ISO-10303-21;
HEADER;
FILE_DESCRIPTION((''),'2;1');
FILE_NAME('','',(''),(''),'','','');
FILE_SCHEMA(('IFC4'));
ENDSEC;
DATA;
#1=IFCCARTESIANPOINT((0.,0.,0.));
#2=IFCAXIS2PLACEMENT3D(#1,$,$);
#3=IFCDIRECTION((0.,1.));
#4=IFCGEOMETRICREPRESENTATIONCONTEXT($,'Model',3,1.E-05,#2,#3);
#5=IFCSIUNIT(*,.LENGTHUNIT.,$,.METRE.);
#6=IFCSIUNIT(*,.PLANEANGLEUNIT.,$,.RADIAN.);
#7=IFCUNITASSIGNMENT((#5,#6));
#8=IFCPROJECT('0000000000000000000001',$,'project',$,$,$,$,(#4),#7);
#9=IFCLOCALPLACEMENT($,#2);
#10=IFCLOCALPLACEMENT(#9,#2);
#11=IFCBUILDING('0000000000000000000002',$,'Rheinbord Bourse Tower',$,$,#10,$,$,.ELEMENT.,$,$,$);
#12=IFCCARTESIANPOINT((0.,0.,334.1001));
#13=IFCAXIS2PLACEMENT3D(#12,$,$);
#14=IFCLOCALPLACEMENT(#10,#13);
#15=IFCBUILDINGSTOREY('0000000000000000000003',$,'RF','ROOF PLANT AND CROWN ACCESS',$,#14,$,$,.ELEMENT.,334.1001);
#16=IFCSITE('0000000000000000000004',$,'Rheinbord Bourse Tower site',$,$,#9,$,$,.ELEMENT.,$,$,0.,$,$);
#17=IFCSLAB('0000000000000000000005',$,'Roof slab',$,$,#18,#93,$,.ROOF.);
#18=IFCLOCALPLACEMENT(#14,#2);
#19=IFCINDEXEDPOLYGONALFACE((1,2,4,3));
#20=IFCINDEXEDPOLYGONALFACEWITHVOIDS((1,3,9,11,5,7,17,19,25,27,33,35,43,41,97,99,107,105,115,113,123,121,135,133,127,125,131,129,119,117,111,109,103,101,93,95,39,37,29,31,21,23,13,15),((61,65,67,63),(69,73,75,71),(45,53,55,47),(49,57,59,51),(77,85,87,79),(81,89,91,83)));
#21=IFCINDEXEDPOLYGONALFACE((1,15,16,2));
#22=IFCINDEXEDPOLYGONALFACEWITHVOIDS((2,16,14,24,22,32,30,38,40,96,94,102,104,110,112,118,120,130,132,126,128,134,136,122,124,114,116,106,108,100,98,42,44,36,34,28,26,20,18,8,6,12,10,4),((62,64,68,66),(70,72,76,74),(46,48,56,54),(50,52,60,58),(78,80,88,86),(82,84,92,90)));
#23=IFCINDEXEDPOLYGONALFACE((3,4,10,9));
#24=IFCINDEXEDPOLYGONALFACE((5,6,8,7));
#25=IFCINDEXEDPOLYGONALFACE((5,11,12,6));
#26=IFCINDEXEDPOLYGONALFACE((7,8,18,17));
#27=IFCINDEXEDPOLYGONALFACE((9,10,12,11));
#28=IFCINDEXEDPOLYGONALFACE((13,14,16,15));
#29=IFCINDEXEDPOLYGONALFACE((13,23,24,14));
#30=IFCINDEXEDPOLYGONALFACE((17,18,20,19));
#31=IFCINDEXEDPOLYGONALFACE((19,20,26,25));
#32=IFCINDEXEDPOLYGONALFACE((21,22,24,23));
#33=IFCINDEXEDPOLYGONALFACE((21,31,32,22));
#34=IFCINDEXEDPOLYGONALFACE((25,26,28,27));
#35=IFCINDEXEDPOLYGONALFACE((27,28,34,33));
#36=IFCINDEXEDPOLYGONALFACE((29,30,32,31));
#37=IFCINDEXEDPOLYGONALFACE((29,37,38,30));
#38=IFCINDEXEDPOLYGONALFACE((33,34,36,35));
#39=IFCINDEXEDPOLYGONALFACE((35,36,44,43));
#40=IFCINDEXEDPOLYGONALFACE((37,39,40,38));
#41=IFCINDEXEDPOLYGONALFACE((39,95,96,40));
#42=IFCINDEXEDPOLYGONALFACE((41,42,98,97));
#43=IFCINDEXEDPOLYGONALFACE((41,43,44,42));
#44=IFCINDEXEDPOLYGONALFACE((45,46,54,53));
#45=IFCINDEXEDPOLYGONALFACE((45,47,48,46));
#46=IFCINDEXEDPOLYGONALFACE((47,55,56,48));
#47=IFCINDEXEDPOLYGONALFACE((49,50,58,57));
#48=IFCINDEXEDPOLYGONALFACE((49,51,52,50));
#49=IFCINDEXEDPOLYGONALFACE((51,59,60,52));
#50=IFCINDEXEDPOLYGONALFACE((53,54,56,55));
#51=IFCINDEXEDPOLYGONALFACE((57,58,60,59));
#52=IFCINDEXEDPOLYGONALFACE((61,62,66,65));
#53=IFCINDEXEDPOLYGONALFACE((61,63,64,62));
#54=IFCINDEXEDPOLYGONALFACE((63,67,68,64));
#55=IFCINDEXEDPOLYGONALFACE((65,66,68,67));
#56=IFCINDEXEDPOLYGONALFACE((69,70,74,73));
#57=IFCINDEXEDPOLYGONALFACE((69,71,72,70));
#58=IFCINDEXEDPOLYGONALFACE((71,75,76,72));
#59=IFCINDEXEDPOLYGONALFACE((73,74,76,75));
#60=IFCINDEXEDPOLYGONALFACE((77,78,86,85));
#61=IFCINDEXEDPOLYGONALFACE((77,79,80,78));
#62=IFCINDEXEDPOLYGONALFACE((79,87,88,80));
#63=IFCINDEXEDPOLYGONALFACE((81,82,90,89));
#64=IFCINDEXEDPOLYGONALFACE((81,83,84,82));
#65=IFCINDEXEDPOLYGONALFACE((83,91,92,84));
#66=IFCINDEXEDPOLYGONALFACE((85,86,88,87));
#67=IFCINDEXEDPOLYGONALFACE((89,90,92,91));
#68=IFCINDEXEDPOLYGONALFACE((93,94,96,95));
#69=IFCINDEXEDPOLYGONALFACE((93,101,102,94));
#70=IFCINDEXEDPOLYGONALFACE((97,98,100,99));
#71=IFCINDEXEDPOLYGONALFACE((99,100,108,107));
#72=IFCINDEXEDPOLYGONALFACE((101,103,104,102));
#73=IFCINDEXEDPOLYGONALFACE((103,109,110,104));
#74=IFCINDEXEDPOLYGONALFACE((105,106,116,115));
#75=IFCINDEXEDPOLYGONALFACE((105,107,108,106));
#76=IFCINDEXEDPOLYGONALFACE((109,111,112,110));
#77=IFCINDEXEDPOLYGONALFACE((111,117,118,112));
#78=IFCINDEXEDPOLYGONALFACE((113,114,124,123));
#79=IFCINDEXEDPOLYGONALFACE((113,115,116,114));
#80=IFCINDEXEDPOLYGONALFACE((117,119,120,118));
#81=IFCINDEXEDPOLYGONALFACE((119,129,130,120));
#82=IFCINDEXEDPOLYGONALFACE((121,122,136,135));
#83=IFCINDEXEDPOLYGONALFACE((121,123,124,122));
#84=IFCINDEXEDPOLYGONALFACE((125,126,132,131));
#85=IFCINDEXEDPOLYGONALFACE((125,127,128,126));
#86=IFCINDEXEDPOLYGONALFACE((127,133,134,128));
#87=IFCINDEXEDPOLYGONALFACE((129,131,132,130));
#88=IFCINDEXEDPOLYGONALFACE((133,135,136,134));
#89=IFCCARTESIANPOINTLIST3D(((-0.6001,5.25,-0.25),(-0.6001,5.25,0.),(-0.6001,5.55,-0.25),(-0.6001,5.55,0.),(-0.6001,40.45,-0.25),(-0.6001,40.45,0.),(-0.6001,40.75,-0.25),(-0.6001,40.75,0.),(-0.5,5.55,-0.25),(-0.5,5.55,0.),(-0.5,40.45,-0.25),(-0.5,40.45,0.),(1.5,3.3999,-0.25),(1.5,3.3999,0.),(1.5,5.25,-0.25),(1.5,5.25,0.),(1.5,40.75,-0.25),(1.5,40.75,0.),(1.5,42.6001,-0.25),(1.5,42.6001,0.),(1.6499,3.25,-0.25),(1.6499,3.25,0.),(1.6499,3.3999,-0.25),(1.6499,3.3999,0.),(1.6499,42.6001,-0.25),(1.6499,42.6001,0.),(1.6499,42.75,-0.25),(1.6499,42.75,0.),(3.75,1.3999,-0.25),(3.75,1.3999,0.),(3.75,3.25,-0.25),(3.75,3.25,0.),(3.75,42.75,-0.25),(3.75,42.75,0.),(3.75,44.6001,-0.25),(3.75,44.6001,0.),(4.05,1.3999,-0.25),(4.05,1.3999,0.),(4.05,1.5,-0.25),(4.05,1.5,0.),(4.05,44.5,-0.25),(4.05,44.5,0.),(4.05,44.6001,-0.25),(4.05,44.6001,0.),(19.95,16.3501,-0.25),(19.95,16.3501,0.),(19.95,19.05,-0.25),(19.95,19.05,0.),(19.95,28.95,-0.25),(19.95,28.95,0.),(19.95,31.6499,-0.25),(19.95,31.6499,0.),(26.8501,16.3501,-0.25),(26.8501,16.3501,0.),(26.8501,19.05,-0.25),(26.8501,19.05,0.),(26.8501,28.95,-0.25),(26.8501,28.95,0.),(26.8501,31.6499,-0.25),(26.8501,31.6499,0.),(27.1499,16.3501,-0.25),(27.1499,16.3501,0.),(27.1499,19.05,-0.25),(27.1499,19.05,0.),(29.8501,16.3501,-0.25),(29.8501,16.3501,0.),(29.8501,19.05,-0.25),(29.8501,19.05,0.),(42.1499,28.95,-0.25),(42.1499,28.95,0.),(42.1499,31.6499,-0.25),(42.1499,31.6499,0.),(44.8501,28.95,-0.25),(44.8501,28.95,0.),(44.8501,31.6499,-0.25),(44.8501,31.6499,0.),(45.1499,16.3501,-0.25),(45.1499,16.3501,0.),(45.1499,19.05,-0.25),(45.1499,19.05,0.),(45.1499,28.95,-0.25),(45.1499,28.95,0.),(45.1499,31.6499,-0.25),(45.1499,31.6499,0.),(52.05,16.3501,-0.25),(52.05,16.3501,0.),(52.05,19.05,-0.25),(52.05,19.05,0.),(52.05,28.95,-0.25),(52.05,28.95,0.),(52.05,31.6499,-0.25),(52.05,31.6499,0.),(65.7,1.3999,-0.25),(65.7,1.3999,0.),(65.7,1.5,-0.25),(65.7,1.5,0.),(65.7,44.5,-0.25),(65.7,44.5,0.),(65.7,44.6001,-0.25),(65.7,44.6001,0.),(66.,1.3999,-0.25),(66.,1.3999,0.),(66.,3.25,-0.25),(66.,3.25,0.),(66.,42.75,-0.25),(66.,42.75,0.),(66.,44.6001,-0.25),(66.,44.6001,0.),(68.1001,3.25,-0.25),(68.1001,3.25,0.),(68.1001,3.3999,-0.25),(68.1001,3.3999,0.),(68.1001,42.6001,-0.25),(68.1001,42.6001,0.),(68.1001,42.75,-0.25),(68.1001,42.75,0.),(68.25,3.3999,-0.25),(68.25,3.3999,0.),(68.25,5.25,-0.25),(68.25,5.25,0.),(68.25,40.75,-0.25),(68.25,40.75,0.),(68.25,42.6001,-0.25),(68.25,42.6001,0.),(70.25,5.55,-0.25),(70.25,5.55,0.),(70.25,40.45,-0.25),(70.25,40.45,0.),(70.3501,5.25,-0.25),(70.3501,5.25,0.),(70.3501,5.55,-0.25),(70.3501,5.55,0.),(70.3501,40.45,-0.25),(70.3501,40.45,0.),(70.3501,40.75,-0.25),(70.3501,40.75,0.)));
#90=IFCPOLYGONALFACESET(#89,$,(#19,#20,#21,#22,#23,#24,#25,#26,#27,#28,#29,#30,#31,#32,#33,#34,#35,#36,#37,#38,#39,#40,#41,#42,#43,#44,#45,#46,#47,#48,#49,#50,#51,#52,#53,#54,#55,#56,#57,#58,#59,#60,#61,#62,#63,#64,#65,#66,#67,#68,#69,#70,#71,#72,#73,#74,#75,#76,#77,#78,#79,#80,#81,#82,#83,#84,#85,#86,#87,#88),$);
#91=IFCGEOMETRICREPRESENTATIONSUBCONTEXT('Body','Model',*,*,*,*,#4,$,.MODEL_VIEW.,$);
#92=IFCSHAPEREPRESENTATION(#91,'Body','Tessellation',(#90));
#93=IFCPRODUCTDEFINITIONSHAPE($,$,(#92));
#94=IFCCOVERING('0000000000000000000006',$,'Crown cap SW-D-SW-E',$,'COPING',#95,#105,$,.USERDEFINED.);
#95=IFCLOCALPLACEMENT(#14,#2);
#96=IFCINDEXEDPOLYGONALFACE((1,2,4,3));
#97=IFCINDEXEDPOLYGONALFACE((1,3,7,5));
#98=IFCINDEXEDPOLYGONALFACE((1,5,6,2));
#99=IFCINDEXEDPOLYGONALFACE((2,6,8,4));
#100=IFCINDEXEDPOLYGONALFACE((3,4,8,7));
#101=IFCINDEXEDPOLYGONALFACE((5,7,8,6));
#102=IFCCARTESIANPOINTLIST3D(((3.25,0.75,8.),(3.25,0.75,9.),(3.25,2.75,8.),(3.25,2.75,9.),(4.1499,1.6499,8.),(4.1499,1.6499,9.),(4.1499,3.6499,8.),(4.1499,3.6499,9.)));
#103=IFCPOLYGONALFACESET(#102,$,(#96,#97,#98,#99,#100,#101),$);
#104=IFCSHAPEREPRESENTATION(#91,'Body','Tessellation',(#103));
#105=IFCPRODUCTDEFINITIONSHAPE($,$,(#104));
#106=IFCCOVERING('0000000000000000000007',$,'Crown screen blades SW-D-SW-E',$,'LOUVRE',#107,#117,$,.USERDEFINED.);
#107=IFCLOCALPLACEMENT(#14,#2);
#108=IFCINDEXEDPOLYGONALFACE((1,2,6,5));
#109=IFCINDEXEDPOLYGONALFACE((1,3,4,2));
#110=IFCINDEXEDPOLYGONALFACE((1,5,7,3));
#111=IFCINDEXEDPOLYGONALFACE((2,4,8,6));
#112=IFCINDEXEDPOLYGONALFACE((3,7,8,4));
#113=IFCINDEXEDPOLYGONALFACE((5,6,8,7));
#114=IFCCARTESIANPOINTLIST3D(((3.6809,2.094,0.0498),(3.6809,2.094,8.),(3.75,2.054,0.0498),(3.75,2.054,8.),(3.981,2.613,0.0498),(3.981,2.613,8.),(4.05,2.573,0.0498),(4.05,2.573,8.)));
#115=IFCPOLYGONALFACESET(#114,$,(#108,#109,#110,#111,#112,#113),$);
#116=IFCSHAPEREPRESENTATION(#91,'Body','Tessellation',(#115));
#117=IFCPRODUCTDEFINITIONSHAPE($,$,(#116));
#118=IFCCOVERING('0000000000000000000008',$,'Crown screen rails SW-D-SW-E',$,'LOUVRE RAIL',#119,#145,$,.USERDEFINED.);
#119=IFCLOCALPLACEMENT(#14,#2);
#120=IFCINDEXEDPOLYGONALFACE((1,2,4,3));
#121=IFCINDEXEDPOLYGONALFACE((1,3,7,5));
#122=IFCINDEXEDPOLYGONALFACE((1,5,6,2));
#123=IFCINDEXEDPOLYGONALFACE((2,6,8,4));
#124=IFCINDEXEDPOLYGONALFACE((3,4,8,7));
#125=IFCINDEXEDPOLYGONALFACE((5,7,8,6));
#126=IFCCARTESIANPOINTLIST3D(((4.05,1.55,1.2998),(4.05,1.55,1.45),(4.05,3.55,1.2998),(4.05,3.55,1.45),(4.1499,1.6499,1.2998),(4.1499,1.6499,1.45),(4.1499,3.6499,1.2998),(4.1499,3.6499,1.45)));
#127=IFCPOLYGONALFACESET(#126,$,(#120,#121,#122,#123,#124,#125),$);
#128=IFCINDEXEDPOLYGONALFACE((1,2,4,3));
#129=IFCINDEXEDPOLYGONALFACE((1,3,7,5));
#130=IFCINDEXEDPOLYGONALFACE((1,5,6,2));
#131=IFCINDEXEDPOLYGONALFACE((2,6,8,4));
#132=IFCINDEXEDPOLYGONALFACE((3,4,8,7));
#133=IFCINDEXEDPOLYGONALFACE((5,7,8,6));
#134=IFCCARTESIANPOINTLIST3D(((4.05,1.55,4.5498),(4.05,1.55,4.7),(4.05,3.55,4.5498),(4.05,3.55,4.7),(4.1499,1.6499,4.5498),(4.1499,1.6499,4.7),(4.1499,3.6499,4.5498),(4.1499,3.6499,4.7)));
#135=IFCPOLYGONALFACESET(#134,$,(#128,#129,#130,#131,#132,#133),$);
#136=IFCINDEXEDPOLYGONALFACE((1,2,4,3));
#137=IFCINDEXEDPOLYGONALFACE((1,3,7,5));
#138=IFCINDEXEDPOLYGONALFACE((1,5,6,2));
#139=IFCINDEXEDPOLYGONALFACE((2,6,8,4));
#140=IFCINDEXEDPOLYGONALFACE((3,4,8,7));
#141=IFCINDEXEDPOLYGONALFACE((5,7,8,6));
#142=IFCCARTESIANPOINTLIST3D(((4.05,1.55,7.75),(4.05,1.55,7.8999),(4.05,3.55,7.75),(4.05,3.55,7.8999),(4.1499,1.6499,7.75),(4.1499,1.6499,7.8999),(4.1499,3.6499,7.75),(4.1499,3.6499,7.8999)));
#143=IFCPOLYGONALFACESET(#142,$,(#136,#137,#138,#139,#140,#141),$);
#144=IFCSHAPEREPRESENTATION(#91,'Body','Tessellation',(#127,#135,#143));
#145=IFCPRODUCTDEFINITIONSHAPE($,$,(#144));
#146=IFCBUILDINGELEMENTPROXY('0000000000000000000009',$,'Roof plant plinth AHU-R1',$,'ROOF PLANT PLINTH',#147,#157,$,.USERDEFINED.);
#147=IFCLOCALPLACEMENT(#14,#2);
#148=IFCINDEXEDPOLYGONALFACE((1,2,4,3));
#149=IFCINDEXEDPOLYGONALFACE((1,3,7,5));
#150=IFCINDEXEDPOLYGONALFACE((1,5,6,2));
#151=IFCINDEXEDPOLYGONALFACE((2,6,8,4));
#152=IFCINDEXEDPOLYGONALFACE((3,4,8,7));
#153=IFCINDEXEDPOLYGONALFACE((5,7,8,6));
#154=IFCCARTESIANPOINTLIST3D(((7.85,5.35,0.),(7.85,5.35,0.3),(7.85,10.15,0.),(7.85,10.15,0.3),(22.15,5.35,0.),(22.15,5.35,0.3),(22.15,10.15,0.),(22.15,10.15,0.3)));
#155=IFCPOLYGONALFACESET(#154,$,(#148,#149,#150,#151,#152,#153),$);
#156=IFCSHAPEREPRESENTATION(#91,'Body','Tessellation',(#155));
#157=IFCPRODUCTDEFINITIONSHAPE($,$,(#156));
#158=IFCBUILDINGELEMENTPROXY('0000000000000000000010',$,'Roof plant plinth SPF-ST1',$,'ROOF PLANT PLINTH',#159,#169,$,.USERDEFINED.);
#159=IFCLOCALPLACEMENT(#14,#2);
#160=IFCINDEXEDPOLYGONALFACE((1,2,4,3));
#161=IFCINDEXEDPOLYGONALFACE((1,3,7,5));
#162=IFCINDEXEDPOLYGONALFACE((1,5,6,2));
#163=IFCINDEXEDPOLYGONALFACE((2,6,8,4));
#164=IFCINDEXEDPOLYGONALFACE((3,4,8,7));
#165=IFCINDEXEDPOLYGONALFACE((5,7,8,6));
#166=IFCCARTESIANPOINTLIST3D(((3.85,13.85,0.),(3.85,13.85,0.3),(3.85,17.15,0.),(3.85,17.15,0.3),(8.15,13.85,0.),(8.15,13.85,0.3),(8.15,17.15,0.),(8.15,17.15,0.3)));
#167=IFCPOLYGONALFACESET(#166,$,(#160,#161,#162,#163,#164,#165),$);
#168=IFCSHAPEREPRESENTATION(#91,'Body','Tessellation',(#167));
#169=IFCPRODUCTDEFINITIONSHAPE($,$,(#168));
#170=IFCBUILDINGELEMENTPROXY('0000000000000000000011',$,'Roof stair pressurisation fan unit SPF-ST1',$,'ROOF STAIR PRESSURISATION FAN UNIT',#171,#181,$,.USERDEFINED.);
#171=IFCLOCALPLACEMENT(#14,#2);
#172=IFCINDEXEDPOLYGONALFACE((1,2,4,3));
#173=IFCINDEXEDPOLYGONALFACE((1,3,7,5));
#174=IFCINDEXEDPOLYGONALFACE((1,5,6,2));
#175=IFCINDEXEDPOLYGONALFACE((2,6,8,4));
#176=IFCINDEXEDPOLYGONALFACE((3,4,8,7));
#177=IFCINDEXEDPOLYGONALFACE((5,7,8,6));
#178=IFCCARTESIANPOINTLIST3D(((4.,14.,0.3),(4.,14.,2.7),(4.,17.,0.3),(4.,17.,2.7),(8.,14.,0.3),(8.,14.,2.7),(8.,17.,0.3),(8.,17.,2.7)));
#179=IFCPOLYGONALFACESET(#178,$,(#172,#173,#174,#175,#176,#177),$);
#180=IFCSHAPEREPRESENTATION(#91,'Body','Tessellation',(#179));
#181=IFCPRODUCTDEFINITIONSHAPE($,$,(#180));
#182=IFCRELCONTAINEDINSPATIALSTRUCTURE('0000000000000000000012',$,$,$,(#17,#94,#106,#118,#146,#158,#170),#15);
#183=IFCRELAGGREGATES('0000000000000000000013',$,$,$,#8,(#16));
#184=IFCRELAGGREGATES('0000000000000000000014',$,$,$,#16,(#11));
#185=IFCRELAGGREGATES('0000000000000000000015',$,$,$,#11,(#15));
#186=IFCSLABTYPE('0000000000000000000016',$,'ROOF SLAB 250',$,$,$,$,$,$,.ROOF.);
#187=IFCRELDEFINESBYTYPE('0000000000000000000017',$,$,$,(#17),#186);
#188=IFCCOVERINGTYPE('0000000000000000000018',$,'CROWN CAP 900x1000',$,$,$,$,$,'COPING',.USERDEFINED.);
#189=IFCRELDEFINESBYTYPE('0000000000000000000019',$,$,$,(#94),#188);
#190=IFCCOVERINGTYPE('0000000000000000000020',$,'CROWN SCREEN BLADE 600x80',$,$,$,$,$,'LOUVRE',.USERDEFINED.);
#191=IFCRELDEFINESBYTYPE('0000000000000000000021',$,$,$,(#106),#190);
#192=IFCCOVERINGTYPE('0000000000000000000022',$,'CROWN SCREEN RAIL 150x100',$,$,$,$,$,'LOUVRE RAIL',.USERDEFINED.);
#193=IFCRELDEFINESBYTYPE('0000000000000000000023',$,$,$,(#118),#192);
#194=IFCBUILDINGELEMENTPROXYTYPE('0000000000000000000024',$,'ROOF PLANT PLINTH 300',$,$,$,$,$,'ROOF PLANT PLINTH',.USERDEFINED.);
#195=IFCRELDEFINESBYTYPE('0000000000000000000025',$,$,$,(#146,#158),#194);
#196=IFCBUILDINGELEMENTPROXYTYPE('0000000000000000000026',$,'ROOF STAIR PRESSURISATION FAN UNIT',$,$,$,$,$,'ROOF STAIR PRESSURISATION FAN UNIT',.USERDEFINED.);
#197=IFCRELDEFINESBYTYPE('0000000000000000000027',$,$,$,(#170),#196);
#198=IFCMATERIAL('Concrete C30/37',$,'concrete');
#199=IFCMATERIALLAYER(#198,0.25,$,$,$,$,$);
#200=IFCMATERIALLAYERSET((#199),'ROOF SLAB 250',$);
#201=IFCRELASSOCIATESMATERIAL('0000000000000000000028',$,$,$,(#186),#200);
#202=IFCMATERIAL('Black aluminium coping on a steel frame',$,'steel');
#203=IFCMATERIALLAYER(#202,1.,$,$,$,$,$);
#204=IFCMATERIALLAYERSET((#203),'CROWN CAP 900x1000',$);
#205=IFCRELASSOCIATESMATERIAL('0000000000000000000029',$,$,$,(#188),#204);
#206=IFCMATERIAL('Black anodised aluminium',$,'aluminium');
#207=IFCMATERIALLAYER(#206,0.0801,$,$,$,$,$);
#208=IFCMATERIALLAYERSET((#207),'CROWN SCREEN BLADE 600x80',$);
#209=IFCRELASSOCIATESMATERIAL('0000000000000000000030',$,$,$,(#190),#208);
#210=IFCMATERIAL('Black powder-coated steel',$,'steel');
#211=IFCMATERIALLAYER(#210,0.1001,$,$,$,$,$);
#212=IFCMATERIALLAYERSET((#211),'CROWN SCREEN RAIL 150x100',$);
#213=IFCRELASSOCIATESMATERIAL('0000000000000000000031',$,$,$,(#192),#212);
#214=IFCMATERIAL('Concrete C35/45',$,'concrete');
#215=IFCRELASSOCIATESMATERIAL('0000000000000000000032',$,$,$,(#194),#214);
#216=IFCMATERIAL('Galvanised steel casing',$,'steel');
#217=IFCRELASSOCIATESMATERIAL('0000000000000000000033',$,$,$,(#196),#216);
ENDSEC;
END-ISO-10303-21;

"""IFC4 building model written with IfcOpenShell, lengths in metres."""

from ifc_helpers import new_model, si_unit, direction, frame, origin, origin_2d, place, context, subcontext, project, spatial, polyline, rectangle, outline, extrude, material, layer, layer_set, type_object, element, save


model = new_model("IFC4")

# Units and contexts
model_context = context("Model", 3, precision=1e-05, world=origin(), true_north=direction((0.0, 1.0)))
body_context = subcontext(model_context, "Body", "Model", "MODEL_VIEW")
ifc_project = project(units=[si_unit("LENGTHUNIT", "METRE"), si_unit("PLANEANGLEUNIT", "RADIAN")], contexts=[model_context])

# Site, building, storey
site_placement = place(None, origin())
site = spatial("IfcSite", under=ifc_project, at=site_placement, Name="Rheinbord Bourse Tower site", CompositionType="ELEMENT", RefElevation=0.0)
building_placement = place(site_placement, origin())
building = spatial("IfcBuilding", under=site, at=building_placement, Name="Rheinbord Bourse Tower", CompositionType="ELEMENT")
storey_placement = place(building_placement, frame((0.0, 0.0, 334.1001)))
storey = spatial("IfcBuildingStorey", under=building, at=storey_placement, Name="RF", Description="ROOF PLANT AND CROWN ACCESS", CompositionType="ELEMENT", Elevation=334.1001)

# Slab
ifc_material_1 = material(Name="Concrete C30/37", Category="concrete")
ifc_layer_1 = layer(ifc_material_1, 0.25)
ifc_layer_set_1 = layer_set([ifc_layer_1], Name="ROOF SLAB 250")
slab_type = type_object("IfcSlabType", Name="ROOF SLAB 250", PredefinedType="ROOF", material=ifc_layer_set_1)
slab_placement = place(storey_placement, frame((0.0, 0.0, -0.25)))
element("IfcSlab", 1, at=slab_placement, inside=storey, type_object=slab_type, Name="Roof slab", PredefinedType="ROOF", context=body_context, shape_type="SweptSolid", body=[
    extrude(outline(polyline([(1.6499, 3.3999), (1.5, 3.3999), (1.5, 5.25), (-0.6001, 5.25), (-0.6001, 5.55), (-0.5, 5.55), (-0.5, 40.45), (-0.6001, 40.45), (-0.6001, 40.75), (1.5, 40.75), (1.5, 42.6001), (1.6499, 42.6001), (1.6499, 42.75), (3.75, 42.75), (3.75, 44.6001), (4.05, 44.6001), (4.05, 44.5), (65.7, 44.5), (65.7, 44.6001), (66.0, 44.6001), (66.0, 42.75), (68.1001, 42.75), (68.1001, 42.6001), (68.25, 42.6001), (68.25, 40.75), (70.3501, 40.75), (70.3501, 40.45), (70.25, 40.45), (70.25, 5.55), (70.3501, 5.55), (70.3501, 5.25), (68.25, 5.25), (68.25, 3.3999), (68.1001, 3.3999), (68.1001, 3.25), (66.0, 3.25), (66.0, 1.3999), (65.7, 1.3999), (65.7, 1.5), (4.05, 1.5), (4.05, 1.3999), (3.75, 1.3999), (3.75, 3.25), (1.6499, 3.25), (1.6499, 3.3999)]), holes=[polyline([(19.95, 16.3501), (19.95, 19.05), (26.8501, 19.05), (26.8501, 16.3501), (19.95, 16.3501)]), polyline([(19.95, 28.95), (19.95, 31.6499), (26.8501, 31.6499), (26.8501, 28.95), (19.95, 28.95)]), polyline([(45.1499, 16.3501), (45.1499, 19.05), (52.05, 19.05), (52.05, 16.3501), (45.1499, 16.3501)]), polyline([(45.1499, 28.95), (45.1499, 31.6499), (52.05, 31.6499), (52.05, 28.95), (45.1499, 28.95)]), polyline([(27.1499, 16.3501), (27.1499, 19.05), (29.8501, 19.05), (29.8501, 16.3501), (27.1499, 16.3501)]), polyline([(42.1499, 28.95), (42.1499, 31.6499), (44.8501, 31.6499), (44.8501, 28.95), (42.1499, 28.95)])]), origin(), (0.0, 0.0, 1.0), 0.25),
])

# Coverings
ifc_material_2 = material(Name="Black aluminium coping on a steel frame", Category="steel")
ifc_layer_2 = layer(ifc_material_2, 1.0)
ifc_layer_set_2 = layer_set([ifc_layer_2], Name="CROWN CAP 900x1000")
covering_type_1 = type_object("IfcCoveringType", Name="CROWN CAP 900x1000", ElementType="COPING", PredefinedType="USERDEFINED", material=ifc_layer_set_2)
covering_1_placement = place(storey_placement, frame((0.0, 0.0, 8.0)))
element("IfcCovering", 2, at=covering_1_placement, inside=storey, type_object=covering_type_1, Name="Crown cap SW-D-SW-E", ObjectType="COPING", PredefinedType="USERDEFINED", context=body_context, shape_type="SweptSolid", body=[
    extrude(outline(polyline([(4.1499, 3.6499), (4.1499, 1.6499), (3.25, 0.75), (3.25, 2.75), (4.1499, 3.6499)])), origin(), (0.0, 0.0, 1.0), 1.0),
])
ifc_material_3 = material(Name="Black anodised aluminium", Category="aluminium")
ifc_layer_3 = layer(ifc_material_3, 0.0801)
ifc_layer_set_3 = layer_set([ifc_layer_3], Name="CROWN SCREEN BLADE 600x80")
covering_type_2 = type_object("IfcCoveringType", Name="CROWN SCREEN BLADE 600x80", ElementType="LOUVRE", PredefinedType="USERDEFINED", material=ifc_layer_set_3)
covering_2_placement = place(storey_placement, frame((0.0, 0.0, 0.0498)))
element("IfcCovering", 3, at=covering_2_placement, inside=storey, type_object=covering_type_2, Name="Crown screen blades SW-D-SW-E", ObjectType="LOUVRE", PredefinedType="USERDEFINED", context=body_context, shape_type="SweptSolid", body=[
    extrude(outline(polyline([(4.05, 2.573), (3.75, 2.054), (3.6809, 2.094), (3.981, 2.613), (4.05, 2.573)])), origin(), (0.0, 0.0, 1.0), 7.9502),
])
ifc_material_4 = material(Name="Black powder-coated steel", Category="steel")
ifc_layer_4 = layer(ifc_material_4, 0.1001)
ifc_layer_set_4 = layer_set([ifc_layer_4], Name="CROWN SCREEN RAIL 150x100")
covering_type_3 = type_object("IfcCoveringType", Name="CROWN SCREEN RAIL 150x100", ElementType="LOUVRE RAIL", PredefinedType="USERDEFINED", material=ifc_layer_set_4)
covering_3_placement = place(storey_placement, frame((0.0, 0.0, 1.2998)))
element("IfcCovering", 4, at=covering_3_placement, inside=storey, type_object=covering_type_3, Name="Crown screen rails SW-D-SW-E", ObjectType="LOUVRE RAIL", PredefinedType="USERDEFINED", context=body_context, shape_type="SweptSolid", body=[
    extrude(outline(polyline([(4.1499, 3.6499), (4.1499, 1.6499), (4.05, 1.55), (4.05, 3.55), (4.1499, 3.6499)])), origin(), (0.0, 0.0, 1.0), 0.1501),
    extrude(outline(polyline([(4.1499, 3.6499), (4.1499, 1.6499), (4.05, 1.55), (4.05, 3.55), (4.1499, 3.6499)])), frame((0.0, 0.0, 3.25)), (0.0, 0.0, 1.0), 0.1501),
    extrude(outline(polyline([(4.1499, 3.6499), (4.1499, 1.6499), (4.05, 1.55), (4.05, 3.55), (4.1499, 3.6499)])), frame((0.0, 0.0, 6.4502)), (0.0, 0.0, 1.0), 0.1499),
])

# Building element proxies
ifc_material_5 = material(Name="Concrete C35/45", Category="concrete")
building_element_proxy_type_1 = type_object("IfcBuildingElementProxyType", Name="ROOF PLANT PLINTH 300", ElementType="ROOF PLANT PLINTH", PredefinedType="USERDEFINED", material=ifc_material_5)
proxy_1_placement = place(storey_placement, frame((15.0, 7.75, 0.0), z_axis=(0.0, 0.0, 1.0), x_axis=(1.0, 0.0, 0.0)))
element("IfcBuildingElementProxy", 5, at=proxy_1_placement, inside=storey, type_object=building_element_proxy_type_1, Name="Roof plant plinth AHU-R1", ObjectType="ROOF PLANT PLINTH", PredefinedType="USERDEFINED", context=body_context, shape_type="SweptSolid", body=[
    extrude(rectangle(XDim=14.3, YDim=4.8, at=origin_2d()), origin(), (0.0, 0.0, 1.0), 0.3),
])
proxy_2_placement = place(storey_placement, frame((6.0, 15.5, 0.0), z_axis=(0.0, 0.0, 1.0), x_axis=(1.0, 0.0, 0.0)))
element("IfcBuildingElementProxy", 6, at=proxy_2_placement, inside=storey, type_object=building_element_proxy_type_1, Name="Roof plant plinth SPF-ST1", ObjectType="ROOF PLANT PLINTH", PredefinedType="USERDEFINED", context=body_context, shape_type="SweptSolid", body=[
    extrude(rectangle(XDim=4.3, YDim=3.3, at=origin_2d()), origin(), (0.0, 0.0, 1.0), 0.3),
])
ifc_material_6 = material(Name="Galvanised steel casing", Category="steel")
building_element_proxy_type_2 = type_object("IfcBuildingElementProxyType", Name="ROOF STAIR PRESSURISATION FAN UNIT", ElementType="ROOF STAIR PRESSURISATION FAN UNIT", PredefinedType="USERDEFINED", material=ifc_material_6)
proxy_3_placement = place(storey_placement, frame((6.0, 15.5, 0.3), z_axis=(0.0, 0.0, 1.0), x_axis=(1.0, 0.0, 0.0)))
element("IfcBuildingElementProxy", 7, at=proxy_3_placement, inside=storey, type_object=building_element_proxy_type_2, Name="Roof stair pressurisation fan unit SPF-ST1", ObjectType="ROOF STAIR PRESSURISATION FAN UNIT", PredefinedType="USERDEFINED", context=body_context, shape_type="SweptSolid", body=[
    extrude(rectangle(XDim=4.0, YDim=3.0, at=origin_2d()), origin(), (0.0, 0.0, 1.0), 2.3999),
])

save(model, "model.ifc")
